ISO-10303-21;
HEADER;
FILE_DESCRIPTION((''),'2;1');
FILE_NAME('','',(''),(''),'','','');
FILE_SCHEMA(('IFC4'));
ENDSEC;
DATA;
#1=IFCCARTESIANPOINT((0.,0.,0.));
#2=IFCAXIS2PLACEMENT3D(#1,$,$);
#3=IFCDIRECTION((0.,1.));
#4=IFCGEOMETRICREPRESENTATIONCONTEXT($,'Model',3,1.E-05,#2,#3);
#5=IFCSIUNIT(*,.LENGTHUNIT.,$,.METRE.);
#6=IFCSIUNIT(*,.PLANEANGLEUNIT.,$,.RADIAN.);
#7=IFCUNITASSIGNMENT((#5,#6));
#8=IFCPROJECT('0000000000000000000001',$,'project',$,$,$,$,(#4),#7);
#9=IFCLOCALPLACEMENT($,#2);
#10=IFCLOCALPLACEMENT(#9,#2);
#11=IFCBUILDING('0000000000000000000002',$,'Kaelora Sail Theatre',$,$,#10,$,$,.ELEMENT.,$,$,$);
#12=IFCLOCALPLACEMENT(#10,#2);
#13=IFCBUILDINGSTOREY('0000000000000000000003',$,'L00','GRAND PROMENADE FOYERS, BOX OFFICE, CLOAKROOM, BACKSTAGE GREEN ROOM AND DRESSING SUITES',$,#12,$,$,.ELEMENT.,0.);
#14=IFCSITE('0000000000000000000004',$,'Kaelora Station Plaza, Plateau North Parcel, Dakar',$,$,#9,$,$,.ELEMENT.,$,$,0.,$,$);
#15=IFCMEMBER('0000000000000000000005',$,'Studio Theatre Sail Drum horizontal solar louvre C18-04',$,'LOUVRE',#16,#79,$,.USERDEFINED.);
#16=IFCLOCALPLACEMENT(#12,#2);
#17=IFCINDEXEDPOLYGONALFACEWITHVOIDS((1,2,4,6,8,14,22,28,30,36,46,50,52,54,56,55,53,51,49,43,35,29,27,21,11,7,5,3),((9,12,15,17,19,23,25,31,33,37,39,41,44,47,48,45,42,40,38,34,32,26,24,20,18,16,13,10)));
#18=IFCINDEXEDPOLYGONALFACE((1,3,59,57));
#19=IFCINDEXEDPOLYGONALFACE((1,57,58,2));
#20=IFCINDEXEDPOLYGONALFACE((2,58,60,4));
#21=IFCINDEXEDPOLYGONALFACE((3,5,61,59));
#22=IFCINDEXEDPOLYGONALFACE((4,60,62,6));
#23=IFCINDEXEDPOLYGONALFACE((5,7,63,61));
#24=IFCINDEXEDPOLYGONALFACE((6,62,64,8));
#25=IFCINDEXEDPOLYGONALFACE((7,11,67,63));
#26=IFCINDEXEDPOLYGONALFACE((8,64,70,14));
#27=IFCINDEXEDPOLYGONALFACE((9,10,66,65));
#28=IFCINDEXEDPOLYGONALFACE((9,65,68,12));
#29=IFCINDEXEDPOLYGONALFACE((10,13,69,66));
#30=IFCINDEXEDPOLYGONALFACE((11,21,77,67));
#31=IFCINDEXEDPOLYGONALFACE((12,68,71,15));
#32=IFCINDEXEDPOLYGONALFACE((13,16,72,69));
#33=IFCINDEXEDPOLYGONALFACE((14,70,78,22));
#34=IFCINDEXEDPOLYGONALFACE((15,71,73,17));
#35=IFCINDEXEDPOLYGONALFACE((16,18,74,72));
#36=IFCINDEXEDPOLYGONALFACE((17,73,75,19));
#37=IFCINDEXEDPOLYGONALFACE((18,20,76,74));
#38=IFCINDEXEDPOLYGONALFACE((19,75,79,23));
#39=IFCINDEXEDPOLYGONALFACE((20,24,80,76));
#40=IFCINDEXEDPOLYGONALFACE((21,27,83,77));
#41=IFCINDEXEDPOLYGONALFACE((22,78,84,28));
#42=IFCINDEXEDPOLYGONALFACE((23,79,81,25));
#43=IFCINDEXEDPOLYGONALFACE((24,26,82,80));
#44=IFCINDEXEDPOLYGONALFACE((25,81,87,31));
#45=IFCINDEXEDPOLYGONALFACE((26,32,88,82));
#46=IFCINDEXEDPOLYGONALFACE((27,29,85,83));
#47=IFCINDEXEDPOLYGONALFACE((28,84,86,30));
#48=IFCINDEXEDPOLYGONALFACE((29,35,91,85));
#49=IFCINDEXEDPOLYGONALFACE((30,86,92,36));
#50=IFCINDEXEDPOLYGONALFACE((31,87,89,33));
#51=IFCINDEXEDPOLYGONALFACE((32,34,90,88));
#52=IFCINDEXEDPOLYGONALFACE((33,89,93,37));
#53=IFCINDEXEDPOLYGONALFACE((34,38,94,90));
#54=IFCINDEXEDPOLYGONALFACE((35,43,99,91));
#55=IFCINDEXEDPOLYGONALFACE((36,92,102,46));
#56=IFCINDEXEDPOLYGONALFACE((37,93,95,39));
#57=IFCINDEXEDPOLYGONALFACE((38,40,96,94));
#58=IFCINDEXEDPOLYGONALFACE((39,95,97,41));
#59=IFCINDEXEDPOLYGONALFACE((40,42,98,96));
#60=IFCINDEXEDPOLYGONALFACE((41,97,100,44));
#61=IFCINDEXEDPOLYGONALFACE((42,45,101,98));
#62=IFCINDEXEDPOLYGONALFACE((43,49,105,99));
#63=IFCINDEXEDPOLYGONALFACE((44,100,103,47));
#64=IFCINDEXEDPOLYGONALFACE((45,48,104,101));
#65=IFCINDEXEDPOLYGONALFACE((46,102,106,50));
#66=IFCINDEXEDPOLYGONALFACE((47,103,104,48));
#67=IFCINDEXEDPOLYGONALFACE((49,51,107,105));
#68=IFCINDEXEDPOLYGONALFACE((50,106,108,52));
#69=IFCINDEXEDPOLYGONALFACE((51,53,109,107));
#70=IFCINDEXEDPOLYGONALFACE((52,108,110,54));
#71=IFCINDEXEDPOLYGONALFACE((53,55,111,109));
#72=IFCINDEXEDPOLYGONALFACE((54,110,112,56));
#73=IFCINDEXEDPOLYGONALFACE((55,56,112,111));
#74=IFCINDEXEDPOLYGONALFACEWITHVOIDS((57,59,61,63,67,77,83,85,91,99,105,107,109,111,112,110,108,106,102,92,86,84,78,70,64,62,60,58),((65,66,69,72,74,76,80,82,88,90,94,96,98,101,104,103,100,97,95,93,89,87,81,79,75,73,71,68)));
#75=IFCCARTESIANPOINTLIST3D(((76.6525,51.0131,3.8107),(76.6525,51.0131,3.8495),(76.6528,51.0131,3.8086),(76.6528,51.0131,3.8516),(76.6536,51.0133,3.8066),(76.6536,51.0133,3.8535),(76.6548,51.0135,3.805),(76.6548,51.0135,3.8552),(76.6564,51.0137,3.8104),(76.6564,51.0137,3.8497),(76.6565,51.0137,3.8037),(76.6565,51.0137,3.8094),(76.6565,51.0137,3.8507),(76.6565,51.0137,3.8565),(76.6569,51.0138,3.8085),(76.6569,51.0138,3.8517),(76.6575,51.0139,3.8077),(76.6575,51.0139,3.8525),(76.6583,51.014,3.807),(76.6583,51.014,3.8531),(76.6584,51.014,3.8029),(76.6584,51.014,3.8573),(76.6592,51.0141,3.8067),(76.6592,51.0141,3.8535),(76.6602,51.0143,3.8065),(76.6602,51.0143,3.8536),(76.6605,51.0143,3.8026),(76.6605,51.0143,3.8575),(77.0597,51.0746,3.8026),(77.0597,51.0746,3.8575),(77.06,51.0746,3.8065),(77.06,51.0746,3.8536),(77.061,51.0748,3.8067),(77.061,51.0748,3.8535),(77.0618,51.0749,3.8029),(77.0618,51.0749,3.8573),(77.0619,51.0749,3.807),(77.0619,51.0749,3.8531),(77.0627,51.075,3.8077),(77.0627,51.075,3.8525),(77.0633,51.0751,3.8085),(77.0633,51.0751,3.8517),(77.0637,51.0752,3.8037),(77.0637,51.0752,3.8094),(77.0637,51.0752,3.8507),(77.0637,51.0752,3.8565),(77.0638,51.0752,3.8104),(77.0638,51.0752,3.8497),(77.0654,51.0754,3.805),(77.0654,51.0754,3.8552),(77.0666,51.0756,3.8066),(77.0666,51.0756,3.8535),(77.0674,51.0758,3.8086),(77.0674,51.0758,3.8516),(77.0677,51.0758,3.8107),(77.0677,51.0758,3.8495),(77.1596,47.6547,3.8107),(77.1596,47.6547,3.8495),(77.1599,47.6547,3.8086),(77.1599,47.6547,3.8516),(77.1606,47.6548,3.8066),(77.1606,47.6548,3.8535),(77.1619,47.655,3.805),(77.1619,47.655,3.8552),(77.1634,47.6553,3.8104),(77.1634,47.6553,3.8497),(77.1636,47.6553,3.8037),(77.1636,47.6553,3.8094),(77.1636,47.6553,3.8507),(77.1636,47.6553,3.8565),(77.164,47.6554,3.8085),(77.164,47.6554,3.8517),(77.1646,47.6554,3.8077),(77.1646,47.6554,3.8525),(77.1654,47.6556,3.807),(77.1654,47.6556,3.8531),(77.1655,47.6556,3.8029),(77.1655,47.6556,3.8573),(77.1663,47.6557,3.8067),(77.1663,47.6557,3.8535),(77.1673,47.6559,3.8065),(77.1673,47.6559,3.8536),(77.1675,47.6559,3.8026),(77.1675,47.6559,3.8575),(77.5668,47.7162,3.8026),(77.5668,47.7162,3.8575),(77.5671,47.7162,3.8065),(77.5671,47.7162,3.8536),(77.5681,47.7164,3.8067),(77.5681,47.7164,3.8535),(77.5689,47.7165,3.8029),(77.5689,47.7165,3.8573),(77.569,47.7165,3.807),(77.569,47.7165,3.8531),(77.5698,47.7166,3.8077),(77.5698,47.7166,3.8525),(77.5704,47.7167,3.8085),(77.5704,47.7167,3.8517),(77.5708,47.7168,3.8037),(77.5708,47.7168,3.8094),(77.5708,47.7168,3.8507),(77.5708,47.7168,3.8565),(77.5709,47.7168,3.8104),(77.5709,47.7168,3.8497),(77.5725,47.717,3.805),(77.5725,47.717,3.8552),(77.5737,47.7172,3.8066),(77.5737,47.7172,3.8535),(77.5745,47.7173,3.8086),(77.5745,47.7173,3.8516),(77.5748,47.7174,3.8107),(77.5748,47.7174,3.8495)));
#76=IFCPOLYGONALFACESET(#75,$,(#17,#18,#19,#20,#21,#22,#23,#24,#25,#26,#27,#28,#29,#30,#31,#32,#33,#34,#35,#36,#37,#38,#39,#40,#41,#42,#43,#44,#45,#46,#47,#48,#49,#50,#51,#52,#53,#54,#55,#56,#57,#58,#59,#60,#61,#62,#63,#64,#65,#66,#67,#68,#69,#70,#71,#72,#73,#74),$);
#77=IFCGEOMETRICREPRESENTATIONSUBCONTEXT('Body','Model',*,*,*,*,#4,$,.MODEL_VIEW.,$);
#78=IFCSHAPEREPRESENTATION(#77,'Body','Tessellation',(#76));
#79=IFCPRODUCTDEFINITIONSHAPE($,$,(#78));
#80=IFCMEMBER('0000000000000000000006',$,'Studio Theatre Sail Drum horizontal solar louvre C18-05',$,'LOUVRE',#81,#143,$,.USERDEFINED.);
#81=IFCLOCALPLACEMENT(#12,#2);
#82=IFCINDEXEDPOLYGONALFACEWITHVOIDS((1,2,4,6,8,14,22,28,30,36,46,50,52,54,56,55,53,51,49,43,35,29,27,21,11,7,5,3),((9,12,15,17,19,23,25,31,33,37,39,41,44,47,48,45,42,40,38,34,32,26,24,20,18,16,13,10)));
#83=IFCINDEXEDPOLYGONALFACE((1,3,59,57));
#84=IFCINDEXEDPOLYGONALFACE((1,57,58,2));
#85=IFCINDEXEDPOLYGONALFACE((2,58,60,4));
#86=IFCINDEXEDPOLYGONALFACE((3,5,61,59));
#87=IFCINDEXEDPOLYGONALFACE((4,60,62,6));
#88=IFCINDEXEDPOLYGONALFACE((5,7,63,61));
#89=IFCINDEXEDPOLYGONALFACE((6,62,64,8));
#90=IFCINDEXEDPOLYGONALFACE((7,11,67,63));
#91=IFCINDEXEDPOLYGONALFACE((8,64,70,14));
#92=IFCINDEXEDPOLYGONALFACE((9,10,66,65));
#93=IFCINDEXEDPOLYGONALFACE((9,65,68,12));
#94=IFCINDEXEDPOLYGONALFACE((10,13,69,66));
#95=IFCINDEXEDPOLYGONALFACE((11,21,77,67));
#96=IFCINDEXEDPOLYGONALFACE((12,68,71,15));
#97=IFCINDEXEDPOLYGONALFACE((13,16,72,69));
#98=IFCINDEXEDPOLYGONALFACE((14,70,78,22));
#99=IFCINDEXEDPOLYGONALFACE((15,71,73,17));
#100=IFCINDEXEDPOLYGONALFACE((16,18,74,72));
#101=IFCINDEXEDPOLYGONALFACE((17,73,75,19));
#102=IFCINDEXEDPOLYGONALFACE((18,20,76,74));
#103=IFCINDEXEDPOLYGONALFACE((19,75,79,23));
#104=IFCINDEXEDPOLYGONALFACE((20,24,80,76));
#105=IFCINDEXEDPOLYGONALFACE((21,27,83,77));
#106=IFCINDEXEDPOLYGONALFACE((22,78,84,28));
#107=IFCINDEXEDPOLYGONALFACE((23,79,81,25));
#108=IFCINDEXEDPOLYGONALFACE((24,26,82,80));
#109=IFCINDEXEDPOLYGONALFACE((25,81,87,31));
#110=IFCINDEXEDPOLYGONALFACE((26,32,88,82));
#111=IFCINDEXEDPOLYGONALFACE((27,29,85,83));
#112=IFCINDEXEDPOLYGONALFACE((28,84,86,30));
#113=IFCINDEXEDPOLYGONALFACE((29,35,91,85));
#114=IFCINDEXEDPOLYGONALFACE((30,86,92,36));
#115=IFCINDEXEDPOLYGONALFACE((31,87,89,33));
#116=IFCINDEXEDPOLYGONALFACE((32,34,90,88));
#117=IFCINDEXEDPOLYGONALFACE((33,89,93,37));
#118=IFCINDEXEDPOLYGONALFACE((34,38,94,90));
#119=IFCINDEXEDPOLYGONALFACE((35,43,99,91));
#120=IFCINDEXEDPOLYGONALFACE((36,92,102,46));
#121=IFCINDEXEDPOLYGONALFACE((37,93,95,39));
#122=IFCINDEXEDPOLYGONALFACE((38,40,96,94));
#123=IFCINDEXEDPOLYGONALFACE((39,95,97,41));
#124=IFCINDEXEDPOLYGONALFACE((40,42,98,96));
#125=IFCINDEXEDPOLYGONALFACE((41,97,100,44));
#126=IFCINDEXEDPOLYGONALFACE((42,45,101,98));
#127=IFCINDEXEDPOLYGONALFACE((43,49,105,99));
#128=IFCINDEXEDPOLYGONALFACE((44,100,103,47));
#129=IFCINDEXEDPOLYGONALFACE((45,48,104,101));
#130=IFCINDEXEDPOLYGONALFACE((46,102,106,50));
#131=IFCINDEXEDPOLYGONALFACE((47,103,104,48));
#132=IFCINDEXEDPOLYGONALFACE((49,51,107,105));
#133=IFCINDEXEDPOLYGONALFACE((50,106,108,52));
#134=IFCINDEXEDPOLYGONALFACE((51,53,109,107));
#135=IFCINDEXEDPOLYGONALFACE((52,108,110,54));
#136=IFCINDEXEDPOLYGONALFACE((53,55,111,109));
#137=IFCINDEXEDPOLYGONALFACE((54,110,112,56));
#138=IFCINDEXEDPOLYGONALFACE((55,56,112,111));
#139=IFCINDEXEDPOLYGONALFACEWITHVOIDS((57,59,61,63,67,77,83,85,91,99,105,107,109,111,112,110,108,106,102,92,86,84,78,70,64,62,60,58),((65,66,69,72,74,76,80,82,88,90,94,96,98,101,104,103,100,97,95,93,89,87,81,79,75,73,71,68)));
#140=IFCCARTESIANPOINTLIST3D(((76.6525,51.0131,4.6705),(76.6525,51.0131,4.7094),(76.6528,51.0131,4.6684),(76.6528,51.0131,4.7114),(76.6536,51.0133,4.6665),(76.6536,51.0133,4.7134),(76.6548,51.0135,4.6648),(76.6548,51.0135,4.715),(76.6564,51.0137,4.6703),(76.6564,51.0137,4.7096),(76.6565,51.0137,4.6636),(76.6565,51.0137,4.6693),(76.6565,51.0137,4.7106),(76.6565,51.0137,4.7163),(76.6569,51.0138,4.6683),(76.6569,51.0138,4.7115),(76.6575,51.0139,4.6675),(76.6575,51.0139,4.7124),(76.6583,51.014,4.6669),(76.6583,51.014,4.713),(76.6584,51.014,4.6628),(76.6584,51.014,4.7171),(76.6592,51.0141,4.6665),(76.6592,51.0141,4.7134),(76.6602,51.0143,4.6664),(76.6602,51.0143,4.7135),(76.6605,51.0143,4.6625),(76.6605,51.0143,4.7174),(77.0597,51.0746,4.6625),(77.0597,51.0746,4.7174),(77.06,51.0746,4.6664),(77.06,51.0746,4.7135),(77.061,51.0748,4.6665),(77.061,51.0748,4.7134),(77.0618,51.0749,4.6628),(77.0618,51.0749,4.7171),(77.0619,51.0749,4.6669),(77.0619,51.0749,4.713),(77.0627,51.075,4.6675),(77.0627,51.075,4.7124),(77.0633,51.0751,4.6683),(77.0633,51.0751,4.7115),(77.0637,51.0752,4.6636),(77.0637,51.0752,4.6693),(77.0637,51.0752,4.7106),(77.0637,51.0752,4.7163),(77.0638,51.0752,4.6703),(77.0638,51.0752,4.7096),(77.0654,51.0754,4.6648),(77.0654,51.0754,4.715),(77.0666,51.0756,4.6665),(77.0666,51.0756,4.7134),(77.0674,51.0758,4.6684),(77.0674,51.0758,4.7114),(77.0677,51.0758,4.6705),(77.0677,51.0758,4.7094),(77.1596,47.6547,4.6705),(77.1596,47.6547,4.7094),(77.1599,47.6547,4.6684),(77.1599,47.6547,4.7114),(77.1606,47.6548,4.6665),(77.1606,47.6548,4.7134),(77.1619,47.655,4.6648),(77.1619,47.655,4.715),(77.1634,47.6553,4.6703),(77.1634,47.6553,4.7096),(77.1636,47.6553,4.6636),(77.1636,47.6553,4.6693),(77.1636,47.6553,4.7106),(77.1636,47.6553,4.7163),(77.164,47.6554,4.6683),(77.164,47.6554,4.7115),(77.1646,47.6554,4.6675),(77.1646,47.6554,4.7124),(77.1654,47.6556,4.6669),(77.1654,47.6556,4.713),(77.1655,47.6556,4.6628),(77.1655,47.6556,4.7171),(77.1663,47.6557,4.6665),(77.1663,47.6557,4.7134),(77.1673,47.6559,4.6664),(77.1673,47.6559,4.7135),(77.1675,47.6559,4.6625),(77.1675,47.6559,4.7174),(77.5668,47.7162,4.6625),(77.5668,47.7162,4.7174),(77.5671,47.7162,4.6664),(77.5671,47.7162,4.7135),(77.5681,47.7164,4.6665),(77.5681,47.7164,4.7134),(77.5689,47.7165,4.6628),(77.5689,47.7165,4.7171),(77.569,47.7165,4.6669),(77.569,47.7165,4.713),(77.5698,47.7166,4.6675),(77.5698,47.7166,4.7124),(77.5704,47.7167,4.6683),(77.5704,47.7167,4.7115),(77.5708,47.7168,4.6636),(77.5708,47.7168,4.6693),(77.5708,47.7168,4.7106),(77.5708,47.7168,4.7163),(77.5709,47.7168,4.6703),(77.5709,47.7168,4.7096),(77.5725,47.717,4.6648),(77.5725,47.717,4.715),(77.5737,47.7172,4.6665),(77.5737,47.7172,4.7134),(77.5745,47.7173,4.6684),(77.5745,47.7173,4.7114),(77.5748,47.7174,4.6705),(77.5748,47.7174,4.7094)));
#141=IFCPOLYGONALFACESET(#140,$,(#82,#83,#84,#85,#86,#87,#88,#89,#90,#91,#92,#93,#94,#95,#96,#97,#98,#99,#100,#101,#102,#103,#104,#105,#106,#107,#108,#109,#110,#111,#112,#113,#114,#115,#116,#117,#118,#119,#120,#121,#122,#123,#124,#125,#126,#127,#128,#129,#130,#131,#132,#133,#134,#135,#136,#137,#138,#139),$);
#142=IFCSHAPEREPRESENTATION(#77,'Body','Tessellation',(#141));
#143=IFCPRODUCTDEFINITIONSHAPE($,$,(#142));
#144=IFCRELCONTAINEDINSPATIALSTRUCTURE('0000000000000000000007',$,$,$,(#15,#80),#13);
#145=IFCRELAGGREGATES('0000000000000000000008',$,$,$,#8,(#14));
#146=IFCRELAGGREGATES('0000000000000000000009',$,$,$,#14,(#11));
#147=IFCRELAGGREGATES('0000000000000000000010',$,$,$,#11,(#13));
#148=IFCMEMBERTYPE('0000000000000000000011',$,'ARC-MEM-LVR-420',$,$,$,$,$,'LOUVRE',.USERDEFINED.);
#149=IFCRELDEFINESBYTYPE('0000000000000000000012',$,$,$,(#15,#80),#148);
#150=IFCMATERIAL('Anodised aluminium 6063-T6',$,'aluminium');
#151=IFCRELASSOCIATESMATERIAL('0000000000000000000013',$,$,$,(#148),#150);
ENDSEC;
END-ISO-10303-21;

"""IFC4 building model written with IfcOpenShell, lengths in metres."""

from ifc_helpers import new_model, si_unit, direction, frame, origin, origin_2d, place, context, subcontext, project, spatial, hollow_rectangle, extrude, material, material_profile, profile_set, type_object, element, save


model = new_model("IFC4")

# Units and contexts
model_context = context("Model", 3, precision=1e-05, world=origin(), true_north=direction((0.0, 1.0)))
body_context = subcontext(model_context, "Body", "Model", "MODEL_VIEW")
ifc_project = project(units=[si_unit("LENGTHUNIT", "METRE"), si_unit("PLANEANGLEUNIT", "RADIAN")], contexts=[model_context])

# Site, building, storey
site_placement = place(None, origin())
site = spatial("IfcSite", under=ifc_project, at=site_placement, Name="Kaelora Station Plaza, Plateau North Parcel, Dakar", CompositionType="ELEMENT", RefElevation=0.0)
building_placement = place(site_placement, origin())
building = spatial("IfcBuilding", under=site, at=building_placement, Name="Kaelora Sail Theatre", CompositionType="ELEMENT")
storey_placement = place(building_placement, origin())
storey = spatial("IfcBuildingStorey", under=building, at=storey_placement, Name="L00", Description="GRAND PROMENADE FOYERS, BOX OFFICE, CLOAKROOM, BACKSTAGE GREEN ROOM AND DRESSING SUITES", CompositionType="ELEMENT", Elevation=0.0)

# Members
ifc_material_1 = material(Name="Anodised aluminium 6063-T6", Category="aluminium")
ifc_material_profile_1 = material_profile(ifc_material_1, hollow_rectangle(XDim=0.4199, YDim=0.0549, WallThickness=0.0039, InnerFilletRadius=0.0039, OuterFilletRadius=0.0081, at=origin_2d()), Name="LOUVRE 420x55x4")
ifc_profile_set_1 = profile_set([ifc_material_profile_1], Name="Anodised aluminium 6063-T6")
member_type_1 = type_object("IfcMemberType", Name="ARC-MEM-LVR-420", ElementType="LOUVRE", PredefinedType="USERDEFINED", material=ifc_profile_set_1)
for number, where, z_axis, x_axis, name in (
    (1, (77.3672, 47.686, 3.8301), (-0.149296, 0.988792, 0.0), (-0.988792, -0.149296, 0.0), "Studio Theatre Sail Drum horizontal solar louvre C18-04"),
    (2, (77.3672, 47.686, 4.6899), (-0.149296, 0.988792, 0.0), (-0.988792, -0.149296, 0.0), "Studio Theatre Sail Drum horizontal solar louvre C18-05"),
):
    element("IfcMember", number, at=place(storey_placement, frame(where, z_axis=z_axis, x_axis=x_axis)), inside=storey, type_object=member_type_1, Name=name, ObjectType="LOUVRE", PredefinedType="USERDEFINED", context=body_context, shape_type="SweptSolid", body=[
        extrude(hollow_rectangle(XDim=0.4199, YDim=0.0549, WallThickness=0.0039, InnerFilletRadius=0.0039, OuterFilletRadius=0.0081, at=origin_2d()), origin(), (0.0, 0.0, 1.0), 3.3965),
    ])

save(model, "model.ifc")
